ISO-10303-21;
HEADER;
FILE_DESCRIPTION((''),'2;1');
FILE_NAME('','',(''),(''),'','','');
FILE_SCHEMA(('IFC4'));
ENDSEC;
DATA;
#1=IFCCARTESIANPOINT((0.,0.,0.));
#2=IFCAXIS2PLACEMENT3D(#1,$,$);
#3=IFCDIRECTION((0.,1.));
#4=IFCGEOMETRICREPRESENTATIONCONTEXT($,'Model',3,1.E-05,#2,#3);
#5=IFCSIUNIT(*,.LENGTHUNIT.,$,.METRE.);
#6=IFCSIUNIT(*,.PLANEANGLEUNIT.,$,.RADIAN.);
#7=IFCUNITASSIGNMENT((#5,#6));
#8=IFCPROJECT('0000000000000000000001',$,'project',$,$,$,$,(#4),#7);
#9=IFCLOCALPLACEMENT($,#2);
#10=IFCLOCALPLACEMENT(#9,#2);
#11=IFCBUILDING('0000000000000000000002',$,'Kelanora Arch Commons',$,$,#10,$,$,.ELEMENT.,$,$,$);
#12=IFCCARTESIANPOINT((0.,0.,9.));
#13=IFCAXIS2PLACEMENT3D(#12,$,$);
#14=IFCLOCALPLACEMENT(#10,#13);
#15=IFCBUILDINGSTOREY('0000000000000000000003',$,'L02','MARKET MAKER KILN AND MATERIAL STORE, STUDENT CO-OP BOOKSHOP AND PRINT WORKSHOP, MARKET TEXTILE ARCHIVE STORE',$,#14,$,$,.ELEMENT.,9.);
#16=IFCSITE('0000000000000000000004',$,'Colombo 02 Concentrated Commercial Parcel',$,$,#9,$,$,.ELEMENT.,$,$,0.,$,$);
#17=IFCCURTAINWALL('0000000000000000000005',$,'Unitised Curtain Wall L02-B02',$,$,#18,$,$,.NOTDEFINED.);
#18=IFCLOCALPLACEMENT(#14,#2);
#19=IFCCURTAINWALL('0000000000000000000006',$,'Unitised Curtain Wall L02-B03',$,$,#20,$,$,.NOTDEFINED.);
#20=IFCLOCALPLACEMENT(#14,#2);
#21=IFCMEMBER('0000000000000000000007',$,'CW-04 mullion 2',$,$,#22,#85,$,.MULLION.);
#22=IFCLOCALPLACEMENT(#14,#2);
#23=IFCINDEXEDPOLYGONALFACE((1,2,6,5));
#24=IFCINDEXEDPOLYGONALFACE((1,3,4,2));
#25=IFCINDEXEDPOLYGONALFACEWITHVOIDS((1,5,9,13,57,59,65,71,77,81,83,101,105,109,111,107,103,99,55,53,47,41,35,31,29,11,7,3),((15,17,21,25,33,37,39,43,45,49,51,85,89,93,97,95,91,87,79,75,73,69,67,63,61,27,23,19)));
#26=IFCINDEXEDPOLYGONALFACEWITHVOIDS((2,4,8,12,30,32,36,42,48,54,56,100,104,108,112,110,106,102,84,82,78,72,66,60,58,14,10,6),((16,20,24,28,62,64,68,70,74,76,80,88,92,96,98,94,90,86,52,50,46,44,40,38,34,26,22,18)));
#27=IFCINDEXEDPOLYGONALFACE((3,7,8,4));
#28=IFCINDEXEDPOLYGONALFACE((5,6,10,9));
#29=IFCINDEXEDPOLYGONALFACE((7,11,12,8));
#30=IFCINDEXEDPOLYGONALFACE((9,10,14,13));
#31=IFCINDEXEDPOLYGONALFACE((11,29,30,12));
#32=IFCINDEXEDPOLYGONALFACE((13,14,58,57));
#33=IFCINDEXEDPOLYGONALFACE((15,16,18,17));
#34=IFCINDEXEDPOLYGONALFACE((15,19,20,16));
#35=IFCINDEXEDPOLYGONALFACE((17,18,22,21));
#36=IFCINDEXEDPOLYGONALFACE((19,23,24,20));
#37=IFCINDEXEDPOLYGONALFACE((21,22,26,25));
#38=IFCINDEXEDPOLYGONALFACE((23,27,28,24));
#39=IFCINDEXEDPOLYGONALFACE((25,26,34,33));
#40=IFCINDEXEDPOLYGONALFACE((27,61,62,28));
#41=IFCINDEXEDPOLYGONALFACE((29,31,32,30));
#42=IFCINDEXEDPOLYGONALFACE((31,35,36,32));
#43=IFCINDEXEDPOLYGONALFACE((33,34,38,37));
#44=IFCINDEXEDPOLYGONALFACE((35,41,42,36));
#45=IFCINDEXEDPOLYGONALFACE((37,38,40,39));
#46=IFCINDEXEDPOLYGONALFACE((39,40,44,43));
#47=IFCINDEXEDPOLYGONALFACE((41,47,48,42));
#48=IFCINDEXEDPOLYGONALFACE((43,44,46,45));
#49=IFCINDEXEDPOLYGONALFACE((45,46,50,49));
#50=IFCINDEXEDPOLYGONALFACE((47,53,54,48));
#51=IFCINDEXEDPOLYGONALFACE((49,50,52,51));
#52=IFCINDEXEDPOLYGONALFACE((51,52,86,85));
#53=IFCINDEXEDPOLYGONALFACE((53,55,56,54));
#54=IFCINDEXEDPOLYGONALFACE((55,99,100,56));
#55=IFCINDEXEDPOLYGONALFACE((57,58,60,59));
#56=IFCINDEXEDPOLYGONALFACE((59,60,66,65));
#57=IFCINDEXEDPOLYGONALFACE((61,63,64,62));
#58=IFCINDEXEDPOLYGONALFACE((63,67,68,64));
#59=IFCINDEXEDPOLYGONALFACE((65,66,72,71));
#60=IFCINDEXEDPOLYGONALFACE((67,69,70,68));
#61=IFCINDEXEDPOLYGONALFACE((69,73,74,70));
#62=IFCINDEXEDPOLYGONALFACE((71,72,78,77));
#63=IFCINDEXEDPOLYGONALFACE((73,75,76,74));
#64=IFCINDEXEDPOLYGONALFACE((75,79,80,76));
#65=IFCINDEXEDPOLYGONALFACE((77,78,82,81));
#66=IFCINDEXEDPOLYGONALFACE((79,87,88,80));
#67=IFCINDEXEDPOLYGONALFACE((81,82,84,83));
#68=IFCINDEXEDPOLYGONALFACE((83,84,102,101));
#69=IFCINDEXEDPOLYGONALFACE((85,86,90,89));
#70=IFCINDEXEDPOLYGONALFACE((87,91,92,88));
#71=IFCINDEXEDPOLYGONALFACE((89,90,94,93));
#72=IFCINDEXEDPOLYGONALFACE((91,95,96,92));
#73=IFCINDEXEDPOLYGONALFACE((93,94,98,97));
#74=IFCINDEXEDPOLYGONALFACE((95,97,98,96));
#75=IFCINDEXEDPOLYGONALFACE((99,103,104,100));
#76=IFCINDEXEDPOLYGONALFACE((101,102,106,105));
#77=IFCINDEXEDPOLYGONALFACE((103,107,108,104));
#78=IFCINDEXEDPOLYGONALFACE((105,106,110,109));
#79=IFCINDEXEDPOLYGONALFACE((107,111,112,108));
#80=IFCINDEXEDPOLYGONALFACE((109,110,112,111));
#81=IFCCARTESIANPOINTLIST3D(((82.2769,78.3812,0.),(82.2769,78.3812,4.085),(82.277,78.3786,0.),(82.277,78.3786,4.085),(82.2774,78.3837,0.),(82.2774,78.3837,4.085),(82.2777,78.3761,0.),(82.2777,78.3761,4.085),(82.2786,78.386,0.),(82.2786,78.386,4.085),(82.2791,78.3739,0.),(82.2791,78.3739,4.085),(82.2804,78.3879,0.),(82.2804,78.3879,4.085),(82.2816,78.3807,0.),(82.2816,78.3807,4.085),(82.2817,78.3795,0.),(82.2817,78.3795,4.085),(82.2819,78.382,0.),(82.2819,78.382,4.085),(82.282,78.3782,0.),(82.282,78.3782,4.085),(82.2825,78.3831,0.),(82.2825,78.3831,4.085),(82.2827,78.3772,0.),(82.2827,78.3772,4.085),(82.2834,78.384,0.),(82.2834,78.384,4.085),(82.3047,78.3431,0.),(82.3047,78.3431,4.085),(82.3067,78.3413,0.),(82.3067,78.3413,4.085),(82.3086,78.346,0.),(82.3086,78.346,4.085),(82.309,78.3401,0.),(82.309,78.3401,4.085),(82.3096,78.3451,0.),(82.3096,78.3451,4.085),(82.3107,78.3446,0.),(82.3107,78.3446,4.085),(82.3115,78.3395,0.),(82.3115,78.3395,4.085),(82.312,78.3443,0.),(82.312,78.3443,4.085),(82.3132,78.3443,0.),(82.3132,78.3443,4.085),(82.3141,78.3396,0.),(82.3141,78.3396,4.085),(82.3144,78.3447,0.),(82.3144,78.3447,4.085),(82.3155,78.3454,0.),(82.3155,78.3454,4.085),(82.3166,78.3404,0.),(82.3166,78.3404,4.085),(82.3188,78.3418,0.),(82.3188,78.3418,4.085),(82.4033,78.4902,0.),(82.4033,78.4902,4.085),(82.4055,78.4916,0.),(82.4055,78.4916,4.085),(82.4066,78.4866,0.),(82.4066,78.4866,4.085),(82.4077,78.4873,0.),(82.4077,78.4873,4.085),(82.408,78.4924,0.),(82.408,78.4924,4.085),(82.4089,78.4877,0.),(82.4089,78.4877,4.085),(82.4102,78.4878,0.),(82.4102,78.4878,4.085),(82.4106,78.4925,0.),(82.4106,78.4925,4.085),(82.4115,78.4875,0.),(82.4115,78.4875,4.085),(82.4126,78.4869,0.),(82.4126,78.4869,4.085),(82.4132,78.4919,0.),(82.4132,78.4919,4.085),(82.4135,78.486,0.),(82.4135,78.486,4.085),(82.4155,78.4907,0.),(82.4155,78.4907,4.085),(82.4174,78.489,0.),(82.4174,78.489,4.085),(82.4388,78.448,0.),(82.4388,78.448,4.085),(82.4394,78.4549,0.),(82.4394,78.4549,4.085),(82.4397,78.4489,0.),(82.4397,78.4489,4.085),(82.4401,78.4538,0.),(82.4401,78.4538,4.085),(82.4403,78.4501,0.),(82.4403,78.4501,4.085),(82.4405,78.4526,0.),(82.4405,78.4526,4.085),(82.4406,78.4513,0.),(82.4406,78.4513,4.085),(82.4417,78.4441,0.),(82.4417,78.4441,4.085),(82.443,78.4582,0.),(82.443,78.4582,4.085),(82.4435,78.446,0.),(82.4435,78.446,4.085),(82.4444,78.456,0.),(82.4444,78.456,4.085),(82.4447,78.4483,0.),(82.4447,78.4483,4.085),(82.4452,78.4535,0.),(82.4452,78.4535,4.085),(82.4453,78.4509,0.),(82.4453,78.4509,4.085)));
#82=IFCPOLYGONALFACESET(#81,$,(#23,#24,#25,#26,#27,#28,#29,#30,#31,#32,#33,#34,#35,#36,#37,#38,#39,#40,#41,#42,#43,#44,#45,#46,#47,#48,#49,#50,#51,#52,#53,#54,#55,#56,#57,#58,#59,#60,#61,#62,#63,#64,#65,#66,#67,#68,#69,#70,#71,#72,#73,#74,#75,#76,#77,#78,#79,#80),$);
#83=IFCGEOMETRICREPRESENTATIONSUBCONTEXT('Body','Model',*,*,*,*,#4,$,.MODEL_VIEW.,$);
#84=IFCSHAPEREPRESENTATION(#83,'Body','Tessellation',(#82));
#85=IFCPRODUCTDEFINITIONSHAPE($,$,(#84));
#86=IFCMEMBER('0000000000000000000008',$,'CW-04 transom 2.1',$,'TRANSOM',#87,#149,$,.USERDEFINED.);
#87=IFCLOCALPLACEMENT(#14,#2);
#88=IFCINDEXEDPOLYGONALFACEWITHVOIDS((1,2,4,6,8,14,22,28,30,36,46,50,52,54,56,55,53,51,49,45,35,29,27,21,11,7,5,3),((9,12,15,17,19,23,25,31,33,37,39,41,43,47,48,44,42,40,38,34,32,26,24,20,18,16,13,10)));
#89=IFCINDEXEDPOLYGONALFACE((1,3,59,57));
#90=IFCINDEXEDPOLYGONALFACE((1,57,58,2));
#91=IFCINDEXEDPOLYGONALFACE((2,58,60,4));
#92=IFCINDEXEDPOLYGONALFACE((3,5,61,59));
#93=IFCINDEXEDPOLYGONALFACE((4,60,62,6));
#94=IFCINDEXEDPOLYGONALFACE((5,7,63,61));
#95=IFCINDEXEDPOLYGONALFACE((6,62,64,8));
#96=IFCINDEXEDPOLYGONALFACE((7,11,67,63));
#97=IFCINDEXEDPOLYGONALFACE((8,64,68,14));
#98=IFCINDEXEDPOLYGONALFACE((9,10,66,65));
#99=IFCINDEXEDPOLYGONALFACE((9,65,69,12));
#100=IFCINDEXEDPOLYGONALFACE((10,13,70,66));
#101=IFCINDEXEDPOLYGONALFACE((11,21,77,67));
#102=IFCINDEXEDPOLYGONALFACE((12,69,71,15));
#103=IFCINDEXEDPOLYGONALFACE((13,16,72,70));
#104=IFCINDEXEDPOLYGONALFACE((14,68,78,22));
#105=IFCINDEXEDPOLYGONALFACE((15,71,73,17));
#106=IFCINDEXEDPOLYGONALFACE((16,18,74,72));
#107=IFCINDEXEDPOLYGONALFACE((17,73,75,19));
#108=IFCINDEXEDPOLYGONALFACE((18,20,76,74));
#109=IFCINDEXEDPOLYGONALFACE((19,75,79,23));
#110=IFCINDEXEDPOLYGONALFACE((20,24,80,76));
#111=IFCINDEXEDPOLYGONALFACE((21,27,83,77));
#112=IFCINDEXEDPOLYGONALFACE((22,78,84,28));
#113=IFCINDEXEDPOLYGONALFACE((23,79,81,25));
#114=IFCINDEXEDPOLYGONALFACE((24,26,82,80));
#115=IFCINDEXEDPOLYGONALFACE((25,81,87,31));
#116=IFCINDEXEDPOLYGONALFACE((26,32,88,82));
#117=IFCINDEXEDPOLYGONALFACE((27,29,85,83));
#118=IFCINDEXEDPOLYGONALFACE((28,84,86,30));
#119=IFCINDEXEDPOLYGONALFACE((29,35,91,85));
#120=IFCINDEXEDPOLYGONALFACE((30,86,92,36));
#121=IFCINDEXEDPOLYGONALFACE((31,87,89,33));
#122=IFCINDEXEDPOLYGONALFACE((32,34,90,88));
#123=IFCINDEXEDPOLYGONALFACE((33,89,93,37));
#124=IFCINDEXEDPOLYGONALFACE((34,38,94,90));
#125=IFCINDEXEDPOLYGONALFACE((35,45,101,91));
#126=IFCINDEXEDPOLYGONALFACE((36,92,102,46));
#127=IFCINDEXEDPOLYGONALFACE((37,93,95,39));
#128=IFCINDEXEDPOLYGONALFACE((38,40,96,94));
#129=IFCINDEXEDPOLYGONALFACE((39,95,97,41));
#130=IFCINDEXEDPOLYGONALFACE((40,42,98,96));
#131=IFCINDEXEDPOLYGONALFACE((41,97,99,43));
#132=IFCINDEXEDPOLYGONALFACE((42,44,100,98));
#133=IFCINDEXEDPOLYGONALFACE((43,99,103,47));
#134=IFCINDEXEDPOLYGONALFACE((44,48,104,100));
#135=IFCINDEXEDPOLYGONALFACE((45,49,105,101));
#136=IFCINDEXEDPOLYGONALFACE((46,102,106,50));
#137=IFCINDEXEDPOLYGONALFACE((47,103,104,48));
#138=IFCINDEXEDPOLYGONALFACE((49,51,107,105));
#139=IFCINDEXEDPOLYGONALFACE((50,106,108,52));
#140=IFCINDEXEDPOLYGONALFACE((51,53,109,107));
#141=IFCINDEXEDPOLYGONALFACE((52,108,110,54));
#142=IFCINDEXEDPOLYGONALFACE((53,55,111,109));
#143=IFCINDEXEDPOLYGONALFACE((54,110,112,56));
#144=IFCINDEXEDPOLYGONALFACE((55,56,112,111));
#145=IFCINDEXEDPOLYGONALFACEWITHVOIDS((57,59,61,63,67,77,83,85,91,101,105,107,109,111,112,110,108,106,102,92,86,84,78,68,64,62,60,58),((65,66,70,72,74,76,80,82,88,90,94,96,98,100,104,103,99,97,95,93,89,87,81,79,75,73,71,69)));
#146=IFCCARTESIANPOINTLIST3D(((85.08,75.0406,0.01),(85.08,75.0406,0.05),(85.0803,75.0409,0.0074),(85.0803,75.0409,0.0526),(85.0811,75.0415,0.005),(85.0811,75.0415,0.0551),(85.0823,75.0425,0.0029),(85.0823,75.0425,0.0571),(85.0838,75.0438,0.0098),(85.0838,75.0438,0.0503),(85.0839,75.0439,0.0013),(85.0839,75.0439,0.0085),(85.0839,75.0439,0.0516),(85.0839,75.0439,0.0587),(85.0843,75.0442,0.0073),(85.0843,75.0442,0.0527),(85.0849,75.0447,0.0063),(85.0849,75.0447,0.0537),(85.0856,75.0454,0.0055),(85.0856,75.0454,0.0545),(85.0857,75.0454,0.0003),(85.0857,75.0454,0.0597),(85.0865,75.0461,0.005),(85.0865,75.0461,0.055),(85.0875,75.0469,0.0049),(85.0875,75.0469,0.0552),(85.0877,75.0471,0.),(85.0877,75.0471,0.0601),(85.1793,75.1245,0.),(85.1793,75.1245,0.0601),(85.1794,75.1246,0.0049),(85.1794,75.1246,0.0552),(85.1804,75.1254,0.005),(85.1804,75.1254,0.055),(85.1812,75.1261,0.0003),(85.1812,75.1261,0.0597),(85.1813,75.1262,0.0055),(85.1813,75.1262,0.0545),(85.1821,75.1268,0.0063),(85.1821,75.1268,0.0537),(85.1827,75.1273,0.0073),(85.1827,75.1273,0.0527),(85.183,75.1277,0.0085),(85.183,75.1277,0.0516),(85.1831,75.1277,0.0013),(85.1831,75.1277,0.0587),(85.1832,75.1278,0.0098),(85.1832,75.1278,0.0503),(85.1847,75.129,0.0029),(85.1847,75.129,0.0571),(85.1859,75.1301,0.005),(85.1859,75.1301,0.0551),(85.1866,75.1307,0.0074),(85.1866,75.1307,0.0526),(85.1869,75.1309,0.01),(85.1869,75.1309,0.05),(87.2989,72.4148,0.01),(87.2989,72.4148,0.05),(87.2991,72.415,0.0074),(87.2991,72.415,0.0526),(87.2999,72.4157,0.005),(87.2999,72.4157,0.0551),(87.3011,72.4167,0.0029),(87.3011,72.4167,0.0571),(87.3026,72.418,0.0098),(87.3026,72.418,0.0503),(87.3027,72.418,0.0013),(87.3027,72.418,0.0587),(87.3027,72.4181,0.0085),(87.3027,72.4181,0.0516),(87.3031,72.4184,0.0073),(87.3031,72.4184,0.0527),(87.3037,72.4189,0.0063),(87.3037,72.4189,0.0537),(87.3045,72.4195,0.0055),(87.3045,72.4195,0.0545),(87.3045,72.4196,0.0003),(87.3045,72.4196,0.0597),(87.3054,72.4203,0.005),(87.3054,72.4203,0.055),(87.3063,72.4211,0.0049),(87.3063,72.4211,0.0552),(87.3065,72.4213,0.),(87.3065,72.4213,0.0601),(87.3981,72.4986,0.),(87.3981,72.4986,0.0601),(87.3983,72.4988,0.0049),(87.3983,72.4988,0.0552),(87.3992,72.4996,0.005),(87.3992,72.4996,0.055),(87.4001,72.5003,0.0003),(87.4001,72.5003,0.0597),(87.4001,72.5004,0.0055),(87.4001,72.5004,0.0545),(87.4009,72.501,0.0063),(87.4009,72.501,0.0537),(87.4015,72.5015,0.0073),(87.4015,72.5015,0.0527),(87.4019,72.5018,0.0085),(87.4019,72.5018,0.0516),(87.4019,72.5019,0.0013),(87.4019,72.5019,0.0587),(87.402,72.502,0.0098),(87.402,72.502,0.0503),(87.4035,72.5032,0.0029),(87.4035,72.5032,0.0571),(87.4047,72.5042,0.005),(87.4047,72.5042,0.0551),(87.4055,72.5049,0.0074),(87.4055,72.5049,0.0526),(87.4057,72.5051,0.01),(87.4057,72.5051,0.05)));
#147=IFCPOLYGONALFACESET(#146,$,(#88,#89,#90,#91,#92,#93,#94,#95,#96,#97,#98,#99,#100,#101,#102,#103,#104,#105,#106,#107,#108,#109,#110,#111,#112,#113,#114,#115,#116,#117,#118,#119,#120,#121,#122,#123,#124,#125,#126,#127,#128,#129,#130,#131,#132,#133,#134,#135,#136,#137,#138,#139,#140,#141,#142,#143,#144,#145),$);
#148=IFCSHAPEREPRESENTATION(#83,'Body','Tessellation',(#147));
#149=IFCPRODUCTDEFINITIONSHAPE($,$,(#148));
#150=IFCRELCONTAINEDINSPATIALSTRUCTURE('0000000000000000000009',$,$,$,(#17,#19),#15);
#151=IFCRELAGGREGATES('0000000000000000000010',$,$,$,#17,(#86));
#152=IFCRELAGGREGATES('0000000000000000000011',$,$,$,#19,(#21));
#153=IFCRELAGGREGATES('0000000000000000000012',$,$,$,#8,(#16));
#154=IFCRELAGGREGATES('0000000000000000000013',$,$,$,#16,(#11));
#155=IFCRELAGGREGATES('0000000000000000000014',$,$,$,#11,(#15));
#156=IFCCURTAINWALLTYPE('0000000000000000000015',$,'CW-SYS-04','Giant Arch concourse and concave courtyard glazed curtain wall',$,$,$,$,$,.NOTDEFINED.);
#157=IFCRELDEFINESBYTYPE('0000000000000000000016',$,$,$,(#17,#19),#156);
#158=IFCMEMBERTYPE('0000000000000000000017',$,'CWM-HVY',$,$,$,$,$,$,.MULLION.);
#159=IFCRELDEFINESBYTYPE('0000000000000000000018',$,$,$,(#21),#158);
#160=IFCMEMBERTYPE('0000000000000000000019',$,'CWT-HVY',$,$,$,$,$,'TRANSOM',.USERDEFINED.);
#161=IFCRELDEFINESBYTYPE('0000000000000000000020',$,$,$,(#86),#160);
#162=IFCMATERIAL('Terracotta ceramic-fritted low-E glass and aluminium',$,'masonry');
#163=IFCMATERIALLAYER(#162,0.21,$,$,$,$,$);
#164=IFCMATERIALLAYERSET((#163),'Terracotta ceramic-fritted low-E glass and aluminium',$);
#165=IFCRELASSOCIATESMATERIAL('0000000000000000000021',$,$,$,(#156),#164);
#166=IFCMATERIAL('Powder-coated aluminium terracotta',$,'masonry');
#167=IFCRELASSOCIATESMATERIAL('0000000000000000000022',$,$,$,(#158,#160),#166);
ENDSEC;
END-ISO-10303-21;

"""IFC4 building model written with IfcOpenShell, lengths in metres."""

from ifc_helpers import new_model, si_unit, direction, frame, origin, origin_2d, place, context, subcontext, project, spatial, hollow_rectangle, extrude, material, layer, layer_set, material_profile, profile_set, type_object, element, aggregate, save


model = new_model("IFC4")

# Units and contexts
model_context = context("Model", 3, precision=1e-05, world=origin(), true_north=direction((0.0, 1.0)))
body_context = subcontext(model_context, "Body", "Model", "MODEL_VIEW")
ifc_project = project(units=[si_unit("LENGTHUNIT", "METRE"), si_unit("PLANEANGLEUNIT", "RADIAN")], contexts=[model_context])

# Site, building, storey
site_placement = place(None, origin())
site = spatial("IfcSite", under=ifc_project, at=site_placement, Name="Colombo 02 Concentrated Commercial Parcel", CompositionType="ELEMENT", RefElevation=0.0)
building_placement = place(site_placement, origin())
building = spatial("IfcBuilding", under=site, at=building_placement, Name="Kelanora Arch Commons", CompositionType="ELEMENT")
storey_placement = place(building_placement, frame((0.0, 0.0, 9.0)))
storey = spatial("IfcBuildingStorey", under=building, at=storey_placement, Name="L02", Description="MARKET MAKER KILN AND MATERIAL STORE, STUDENT CO-OP BOOKSHOP AND PRINT WORKSHOP, MARKET TEXTILE ARCHIVE STORE", CompositionType="ELEMENT", Elevation=9.0)

# Curtain walls, member
ifc_material_1 = material(Name="Terracotta ceramic-fritted low-E glass and aluminium", Category="masonry")
ifc_layer_1 = layer(ifc_material_1, 0.21)
ifc_layer_set_1 = layer_set([ifc_layer_1], Name="Terracotta ceramic-fritted low-E glass and aluminium")
curtain_wall_type = type_object("IfcCurtainWallType", Name="CW-SYS-04", Description="Giant Arch concourse and concave courtyard glazed curtain wall", PredefinedType="NOTDEFINED", material=ifc_layer_set_1)
curtain_wall_1_placement = place(storey_placement, origin())
curtain_wall_1 = element("IfcCurtainWall", 1, at=curtain_wall_1_placement, inside=storey, type_object=curtain_wall_type, Name="Unitised Curtain Wall L02-B02", PredefinedType="NOTDEFINED")
ifc_material_2 = material(Name="Powder-coated aluminium terracotta", Category="masonry")
ifc_material_profile_1 = material_profile(ifc_material_2, hollow_rectangle(XDim=0.1799, YDim=0.0601, WallThickness=0.0049, InnerFilletRadius=0.0049, OuterFilletRadius=0.01, at=origin_2d()), Name="CWM180x60")
ifc_profile_set_1 = profile_set([ifc_material_profile_1], Name="Powder-coated aluminium terracotta")
member_type_1 = type_object("IfcMemberType", Name="CWM-HVY", PredefinedType="MULLION", material=ifc_profile_set_1)
curtain_wall_2_placement = place(storey_placement, origin())
curtain_wall_2 = element("IfcCurtainWall", 2, at=curtain_wall_2_placement, inside=storey, type_object=curtain_wall_type, Name="Unitised Curtain Wall L02-B03", PredefinedType="NOTDEFINED")
member_1_placement = place(storey_placement, frame((82.3611, 78.416, 0.0), z_axis=(0.0, 0.0, 1.0), x_axis=(-0.768623, -0.639702, 0.0)))
member_1 = element("IfcMember", 3, at=member_1_placement, type_object=member_type_1, Name="CW-04 mullion 2", PredefinedType="MULLION", context=body_context, shape_type="SweptSolid", body=[
    extrude(hollow_rectangle(XDim=0.1799, YDim=0.0601, WallThickness=0.0049, InnerFilletRadius=0.0049, OuterFilletRadius=0.01, at=origin_2d()), origin(), (0.0, 0.0, 1.0), 4.085),
])

# Member
ifc_material_profile_2 = material_profile(ifc_material_2, hollow_rectangle(XDim=0.1399, YDim=0.0601, WallThickness=0.0049, InnerFilletRadius=0.0049, OuterFilletRadius=0.01, at=origin_2d()), Name="CWT140x60")
ifc_profile_set_2 = profile_set([ifc_material_profile_2], Name="Powder-coated aluminium terracotta")
member_type_2 = type_object("IfcMemberType", Name="CWT-HVY", ElementType="TRANSOM", PredefinedType="USERDEFINED", material=ifc_profile_set_2)
member_2_placement = place(storey_placement, frame((87.3523, 72.46, 0.03), z_axis=(-0.64543, 0.76382, 0.0), x_axis=(-0.76382, -0.64543, 0.0)))
member_2 = element("IfcMember", 4, at=member_2_placement, type_object=member_type_2, Name="CW-04 transom 2.1", ObjectType="TRANSOM", PredefinedType="USERDEFINED", context=body_context, shape_type="SweptSolid", body=[
    extrude(hollow_rectangle(XDim=0.1399, YDim=0.0601, WallThickness=0.0049, InnerFilletRadius=0.0049, OuterFilletRadius=0.01, at=origin_2d()), origin(), (0.0, 0.0, 1.0), 3.4377),
])

aggregate(curtain_wall_1, [member_2])
aggregate(curtain_wall_2, [member_1])

save(model, "model.ifc")
